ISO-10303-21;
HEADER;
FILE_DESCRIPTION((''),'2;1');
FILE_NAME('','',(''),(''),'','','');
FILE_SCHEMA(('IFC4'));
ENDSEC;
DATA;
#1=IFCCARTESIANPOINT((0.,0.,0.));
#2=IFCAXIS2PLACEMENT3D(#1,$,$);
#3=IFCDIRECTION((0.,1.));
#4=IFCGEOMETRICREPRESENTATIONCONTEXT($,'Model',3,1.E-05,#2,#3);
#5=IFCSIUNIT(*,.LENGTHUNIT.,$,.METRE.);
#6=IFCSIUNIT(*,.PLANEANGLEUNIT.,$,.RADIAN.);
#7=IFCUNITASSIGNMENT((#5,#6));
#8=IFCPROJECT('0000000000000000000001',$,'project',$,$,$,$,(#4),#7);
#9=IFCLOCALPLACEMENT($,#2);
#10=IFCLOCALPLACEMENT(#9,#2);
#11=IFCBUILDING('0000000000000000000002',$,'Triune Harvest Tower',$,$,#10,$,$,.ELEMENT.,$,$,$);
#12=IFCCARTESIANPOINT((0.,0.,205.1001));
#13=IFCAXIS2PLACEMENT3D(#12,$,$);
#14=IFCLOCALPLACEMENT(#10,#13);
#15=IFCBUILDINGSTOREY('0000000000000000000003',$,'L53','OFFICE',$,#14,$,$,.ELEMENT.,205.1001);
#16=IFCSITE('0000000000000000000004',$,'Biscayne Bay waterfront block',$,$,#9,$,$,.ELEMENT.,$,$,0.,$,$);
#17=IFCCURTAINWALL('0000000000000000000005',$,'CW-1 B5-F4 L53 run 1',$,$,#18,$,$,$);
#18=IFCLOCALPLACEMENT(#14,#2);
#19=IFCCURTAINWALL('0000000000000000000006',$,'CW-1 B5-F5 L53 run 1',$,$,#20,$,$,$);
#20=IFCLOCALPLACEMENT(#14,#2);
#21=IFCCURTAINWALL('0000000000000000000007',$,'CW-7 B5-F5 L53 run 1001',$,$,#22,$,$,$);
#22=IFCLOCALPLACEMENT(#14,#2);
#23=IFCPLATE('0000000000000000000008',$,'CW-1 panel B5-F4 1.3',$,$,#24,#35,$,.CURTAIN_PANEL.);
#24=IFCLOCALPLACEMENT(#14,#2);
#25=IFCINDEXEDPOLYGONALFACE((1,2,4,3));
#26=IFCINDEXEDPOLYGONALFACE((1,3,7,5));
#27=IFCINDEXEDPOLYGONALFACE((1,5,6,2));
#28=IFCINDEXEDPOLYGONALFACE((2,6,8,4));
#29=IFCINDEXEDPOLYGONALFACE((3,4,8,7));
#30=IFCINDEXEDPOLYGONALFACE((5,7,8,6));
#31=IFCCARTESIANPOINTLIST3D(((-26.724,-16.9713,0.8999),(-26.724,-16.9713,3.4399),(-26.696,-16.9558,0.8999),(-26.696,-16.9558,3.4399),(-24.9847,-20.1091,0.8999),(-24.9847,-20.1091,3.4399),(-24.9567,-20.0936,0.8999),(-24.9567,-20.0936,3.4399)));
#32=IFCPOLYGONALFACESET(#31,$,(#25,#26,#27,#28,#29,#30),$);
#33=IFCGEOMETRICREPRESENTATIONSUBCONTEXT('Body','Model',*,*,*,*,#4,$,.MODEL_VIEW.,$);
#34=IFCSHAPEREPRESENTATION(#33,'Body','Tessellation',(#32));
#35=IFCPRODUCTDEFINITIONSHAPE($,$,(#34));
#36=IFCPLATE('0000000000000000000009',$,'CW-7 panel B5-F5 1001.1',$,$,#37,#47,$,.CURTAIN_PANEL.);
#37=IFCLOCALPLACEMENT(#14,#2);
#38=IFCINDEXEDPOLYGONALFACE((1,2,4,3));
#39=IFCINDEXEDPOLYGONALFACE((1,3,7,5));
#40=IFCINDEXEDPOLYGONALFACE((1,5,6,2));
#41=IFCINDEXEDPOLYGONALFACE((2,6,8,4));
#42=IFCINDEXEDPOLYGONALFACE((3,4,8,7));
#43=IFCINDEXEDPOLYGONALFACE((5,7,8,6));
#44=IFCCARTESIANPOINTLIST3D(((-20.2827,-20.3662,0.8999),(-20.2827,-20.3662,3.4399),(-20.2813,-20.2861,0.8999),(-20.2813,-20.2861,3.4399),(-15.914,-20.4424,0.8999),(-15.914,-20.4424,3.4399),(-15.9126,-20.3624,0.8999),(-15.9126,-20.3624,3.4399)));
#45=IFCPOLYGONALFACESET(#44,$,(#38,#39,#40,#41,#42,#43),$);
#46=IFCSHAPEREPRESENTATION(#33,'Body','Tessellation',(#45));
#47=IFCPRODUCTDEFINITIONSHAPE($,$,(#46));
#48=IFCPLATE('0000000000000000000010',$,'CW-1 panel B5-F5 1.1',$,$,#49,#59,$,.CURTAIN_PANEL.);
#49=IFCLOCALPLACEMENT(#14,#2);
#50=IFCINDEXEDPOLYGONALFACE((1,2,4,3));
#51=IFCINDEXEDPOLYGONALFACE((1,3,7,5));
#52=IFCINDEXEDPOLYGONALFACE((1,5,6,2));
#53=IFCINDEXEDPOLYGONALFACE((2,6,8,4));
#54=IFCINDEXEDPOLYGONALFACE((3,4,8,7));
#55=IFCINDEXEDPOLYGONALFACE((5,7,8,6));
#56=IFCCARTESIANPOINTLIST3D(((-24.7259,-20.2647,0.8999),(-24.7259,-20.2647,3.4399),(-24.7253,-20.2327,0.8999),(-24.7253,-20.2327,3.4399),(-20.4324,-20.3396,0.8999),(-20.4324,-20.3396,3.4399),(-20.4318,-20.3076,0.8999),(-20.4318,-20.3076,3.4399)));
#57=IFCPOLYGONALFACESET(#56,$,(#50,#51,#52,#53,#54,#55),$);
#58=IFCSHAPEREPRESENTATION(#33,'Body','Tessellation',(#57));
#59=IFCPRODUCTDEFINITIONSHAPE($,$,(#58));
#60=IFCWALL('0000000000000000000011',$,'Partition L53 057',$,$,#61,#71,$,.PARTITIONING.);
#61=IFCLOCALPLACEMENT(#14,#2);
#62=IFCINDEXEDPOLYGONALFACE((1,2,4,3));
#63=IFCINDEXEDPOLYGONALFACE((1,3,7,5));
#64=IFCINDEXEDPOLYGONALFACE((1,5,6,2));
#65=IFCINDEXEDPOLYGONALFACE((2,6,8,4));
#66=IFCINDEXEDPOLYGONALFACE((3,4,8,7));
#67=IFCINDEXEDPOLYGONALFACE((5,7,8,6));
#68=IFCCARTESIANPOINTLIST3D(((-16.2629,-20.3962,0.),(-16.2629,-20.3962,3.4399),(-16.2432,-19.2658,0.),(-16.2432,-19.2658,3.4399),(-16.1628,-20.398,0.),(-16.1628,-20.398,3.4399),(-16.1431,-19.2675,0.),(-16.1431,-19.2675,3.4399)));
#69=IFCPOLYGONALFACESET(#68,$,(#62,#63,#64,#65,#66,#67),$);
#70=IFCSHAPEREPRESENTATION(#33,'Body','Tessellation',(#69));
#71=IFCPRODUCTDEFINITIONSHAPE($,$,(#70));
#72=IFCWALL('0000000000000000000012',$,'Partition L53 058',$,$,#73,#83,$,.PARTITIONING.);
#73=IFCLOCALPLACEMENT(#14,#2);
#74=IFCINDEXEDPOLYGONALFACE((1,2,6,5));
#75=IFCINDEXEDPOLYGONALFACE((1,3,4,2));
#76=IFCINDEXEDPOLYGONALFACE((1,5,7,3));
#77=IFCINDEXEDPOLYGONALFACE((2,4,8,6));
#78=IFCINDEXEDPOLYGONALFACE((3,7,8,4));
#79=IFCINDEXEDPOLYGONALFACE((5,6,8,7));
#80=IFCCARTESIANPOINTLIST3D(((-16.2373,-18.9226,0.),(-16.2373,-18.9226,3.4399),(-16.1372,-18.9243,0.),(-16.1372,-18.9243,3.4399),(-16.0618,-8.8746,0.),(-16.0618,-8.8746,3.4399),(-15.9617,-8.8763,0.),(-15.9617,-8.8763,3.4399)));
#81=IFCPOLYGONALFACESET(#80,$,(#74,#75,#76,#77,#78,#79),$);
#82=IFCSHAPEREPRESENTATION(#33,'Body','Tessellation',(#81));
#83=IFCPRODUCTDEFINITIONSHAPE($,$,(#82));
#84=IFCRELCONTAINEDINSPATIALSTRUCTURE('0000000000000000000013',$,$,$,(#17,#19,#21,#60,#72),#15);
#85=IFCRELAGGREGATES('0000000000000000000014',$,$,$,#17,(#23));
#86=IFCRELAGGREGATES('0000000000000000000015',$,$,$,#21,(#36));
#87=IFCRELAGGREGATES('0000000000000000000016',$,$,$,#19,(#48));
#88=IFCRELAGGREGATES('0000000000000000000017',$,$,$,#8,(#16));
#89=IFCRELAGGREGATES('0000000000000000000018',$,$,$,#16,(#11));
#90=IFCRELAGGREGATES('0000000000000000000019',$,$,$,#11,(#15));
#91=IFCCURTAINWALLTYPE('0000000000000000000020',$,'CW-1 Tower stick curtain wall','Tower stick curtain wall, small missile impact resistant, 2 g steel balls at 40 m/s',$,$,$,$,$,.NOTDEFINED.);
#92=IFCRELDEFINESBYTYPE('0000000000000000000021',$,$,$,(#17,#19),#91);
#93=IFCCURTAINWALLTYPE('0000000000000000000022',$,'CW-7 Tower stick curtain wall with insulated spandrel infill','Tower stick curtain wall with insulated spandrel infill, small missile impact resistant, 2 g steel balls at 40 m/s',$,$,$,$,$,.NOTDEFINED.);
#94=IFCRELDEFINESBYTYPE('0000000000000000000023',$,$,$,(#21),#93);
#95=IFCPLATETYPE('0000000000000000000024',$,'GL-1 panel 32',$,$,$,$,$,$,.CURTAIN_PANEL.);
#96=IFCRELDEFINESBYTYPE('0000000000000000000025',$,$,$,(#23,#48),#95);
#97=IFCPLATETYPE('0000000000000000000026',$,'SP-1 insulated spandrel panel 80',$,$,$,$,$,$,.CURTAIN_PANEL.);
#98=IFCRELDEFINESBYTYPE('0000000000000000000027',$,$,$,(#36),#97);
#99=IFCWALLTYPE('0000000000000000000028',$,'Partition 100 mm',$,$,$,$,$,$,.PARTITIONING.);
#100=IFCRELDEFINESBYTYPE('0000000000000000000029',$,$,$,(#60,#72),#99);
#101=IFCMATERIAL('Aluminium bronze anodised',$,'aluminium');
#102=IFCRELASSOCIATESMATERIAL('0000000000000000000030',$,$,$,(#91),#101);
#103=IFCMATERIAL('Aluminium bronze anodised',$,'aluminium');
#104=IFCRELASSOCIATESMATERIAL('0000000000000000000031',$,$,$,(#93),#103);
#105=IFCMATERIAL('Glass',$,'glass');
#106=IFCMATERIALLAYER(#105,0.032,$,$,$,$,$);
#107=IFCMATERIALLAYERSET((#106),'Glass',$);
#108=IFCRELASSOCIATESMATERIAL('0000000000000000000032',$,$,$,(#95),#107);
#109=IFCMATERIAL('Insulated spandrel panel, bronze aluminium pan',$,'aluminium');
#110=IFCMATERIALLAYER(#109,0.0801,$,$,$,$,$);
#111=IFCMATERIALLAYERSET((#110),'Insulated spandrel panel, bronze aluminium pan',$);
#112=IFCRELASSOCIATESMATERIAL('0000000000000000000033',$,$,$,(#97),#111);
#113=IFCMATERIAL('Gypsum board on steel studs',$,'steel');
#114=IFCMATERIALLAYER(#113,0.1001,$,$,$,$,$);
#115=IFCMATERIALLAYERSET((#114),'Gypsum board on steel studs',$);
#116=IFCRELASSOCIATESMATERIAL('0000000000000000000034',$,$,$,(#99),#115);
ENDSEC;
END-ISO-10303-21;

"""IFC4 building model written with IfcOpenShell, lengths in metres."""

from ifc_helpers import new_model, si_unit, direction, frame, frame_2d, origin, origin_2d, place, context, subcontext, project, spatial, rectangle, extrude, source, transform, mapped, material, layer, layer_set, type_object, element, aggregate, save


model = new_model("IFC4")

# Units and contexts
model_context = context("Model", 3, precision=1e-05, world=origin(), true_north=direction((0.0, 1.0)))
body_context = subcontext(model_context, "Body", "Model", "MODEL_VIEW")
ifc_project = project(units=[si_unit("LENGTHUNIT", "METRE"), si_unit("PLANEANGLEUNIT", "RADIAN")], contexts=[model_context])

# Site, building, storey
site_placement = place(None, origin())
site = spatial("IfcSite", under=ifc_project, at=site_placement, Name="Biscayne Bay waterfront block", CompositionType="ELEMENT", RefElevation=0.0)
building_placement = place(site_placement, origin())
building = spatial("IfcBuilding", under=site, at=building_placement, Name="Triune Harvest Tower", CompositionType="ELEMENT")
storey_placement = place(building_placement, frame((0.0, 0.0, 205.1001)))
storey = spatial("IfcBuildingStorey", under=building, at=storey_placement, Name="L53", Description="OFFICE", CompositionType="ELEMENT", Elevation=205.1001)

# Curtain walls
ifc_material_1 = material(Name="Aluminium bronze anodised", Category="aluminium")
curtain_wall_type_1 = type_object("IfcCurtainWallType", Name="CW-1 Tower stick curtain wall", Description="Tower stick curtain wall, small missile impact resistant, 2 g steel balls at 40 m/s", PredefinedType="NOTDEFINED", material=ifc_material_1)
curtain_wall_1_placement = place(storey_placement, origin())
curtain_wall_1 = element("IfcCurtainWall", 1, at=curtain_wall_1_placement, inside=storey, type_object=curtain_wall_type_1, Name="CW-1 B5-F4 L53 run 1")
curtain_wall_2_placement = place(storey_placement, origin())
curtain_wall_2 = element("IfcCurtainWall", 2, at=curtain_wall_2_placement, inside=storey, type_object=curtain_wall_type_1, Name="CW-1 B5-F5 L53 run 1")

# Curtain wall
ifc_material_2 = material(Name="Aluminium bronze anodised", Category="aluminium")
curtain_wall_type_2 = type_object("IfcCurtainWallType", Name="CW-7 Tower stick curtain wall with insulated spandrel infill", Description="Tower stick curtain wall with insulated spandrel infill, small missile impact resistant, 2 g steel balls at 40 m/s", PredefinedType="NOTDEFINED", material=ifc_material_2)
curtain_wall_3_placement = place(storey_placement, origin())
curtain_wall_3 = element("IfcCurtainWall", 3, at=curtain_wall_3_placement, inside=storey, type_object=curtain_wall_type_2, Name="CW-7 B5-F5 L53 run 1001")

# Plates
ifc_material_3 = material(Name="Glass", Category="glass")
ifc_layer_1 = layer(ifc_material_3, 0.032)
ifc_layer_set_1 = layer_set([ifc_layer_1], Name="Glass")
plate_type_1 = type_object("IfcPlateType", Name="GL-1 panel 32", PredefinedType="CURTAIN_PANEL", material=ifc_layer_set_1)
shared_shape_1 = source(origin(), body_context, "Body", "SweptSolid", [
    extrude(rectangle(XDim=3.5876, YDim=0.032, at=origin_2d()), origin(), (0.0, 0.0, 1.0), 2.54),
])
plate_1_placement = place(storey_placement, frame((-25.8403, -18.5325, 0.8999), z_axis=(0.0, 0.0, 1.0), x_axis=(0.484802, -0.874624, 0.0)))
plate_1 = element("IfcPlate", 4, at=plate_1_placement, type_object=plate_type_1, Name="CW-1 panel B5-F4 1.3", PredefinedType="CURTAIN_PANEL", context=body_context, shape_type="MappedRepresentation", body=[
    mapped(shared_shape_1, transform((0.0, 0.0, 0.0), scale=1.0)),
])
aggregate(curtain_wall_1, [plate_1])
ifc_material_4 = material(Name="Insulated spandrel panel, bronze aluminium pan", Category="aluminium")
ifc_layer_2 = layer(ifc_material_4, 0.0801)
ifc_layer_set_2 = layer_set([ifc_layer_2], Name="Insulated spandrel panel, bronze aluminium pan")
plate_type_2 = type_object("IfcPlateType", Name="SP-1 insulated spandrel panel 80", PredefinedType="CURTAIN_PANEL", material=ifc_layer_set_2)
shared_shape_2 = source(origin(), body_context, "Body", "SweptSolid", [
    extrude(rectangle(XDim=4.3694, YDim=0.0801, at=origin_2d()), origin(), (0.0, 0.0, 1.0), 2.54),
])
plate_2_placement = place(storey_placement, frame((-18.0977, -20.3643, 0.8999), z_axis=(0.0, 0.0, 1.0), x_axis=(0.999848, -0.017453, 0.0)))
plate_2 = element("IfcPlate", 5, at=plate_2_placement, type_object=plate_type_2, Name="CW-7 panel B5-F5 1001.1", PredefinedType="CURTAIN_PANEL", context=body_context, shape_type="MappedRepresentation", body=[
    mapped(shared_shape_2, transform((0.0, 0.0, 0.0), scale=1.0)),
])
aggregate(curtain_wall_3, [plate_2])
shared_shape_3 = source(origin(), body_context, "Body", "SweptSolid", [
    extrude(rectangle(XDim=4.2942, YDim=0.032, at=origin_2d()), origin(), (0.0, 0.0, 1.0), 2.54),
])
plate_3_placement = place(storey_placement, frame((-22.5789, -20.2861, 0.8999), z_axis=(0.0, 0.0, 1.0), x_axis=(0.999848, -0.017445, 0.0)))
plate_3 = element("IfcPlate", 6, at=plate_3_placement, type_object=plate_type_1, Name="CW-1 panel B5-F5 1.1", PredefinedType="CURTAIN_PANEL", context=body_context, shape_type="MappedRepresentation", body=[
    mapped(shared_shape_3, transform((0.0, 0.0, 0.0), scale=1.0)),
])
aggregate(curtain_wall_2, [plate_3])

# Walls
ifc_material_5 = material(Name="Gypsum board on steel studs", Category="steel")
ifc_layer_3 = layer(ifc_material_5, 0.1001)
ifc_layer_set_3 = layer_set([ifc_layer_3], Name="Gypsum board on steel studs")
wall_type = type_object("IfcWallType", Name="Partition 100 mm", PredefinedType="PARTITIONING", material=ifc_layer_set_3)
shared_shape_4 = source(origin(), body_context, "Body", "SweptSolid", [
    extrude(rectangle(XDim=1.1306, YDim=0.1001, at=frame_2d((0.5654, 0.0))), origin(), (0.0, 0.0, 1.0), 3.4399),
])
wall_1_placement = place(storey_placement, frame((-16.2129, -20.3972, 0.0), z_axis=(0.0, 0.0, 1.0), x_axis=(0.017492, 0.999847, 0.0)))
element("IfcWall", 7, at=wall_1_placement, inside=storey, type_object=wall_type, Name="Partition L53 057", PredefinedType="PARTITIONING", context=body_context, shape_type="MappedRepresentation", body=[
    mapped(shared_shape_4, transform((0.0, 0.0, 0.0), scale=1.0)),
])
shared_shape_5 = source(origin(), body_context, "Body", "SweptSolid", [
    extrude(rectangle(XDim=10.0496, YDim=0.1001, at=frame_2d((5.0249, 0.0))), origin(), (0.0, 0.0, 1.0), 3.4399),
])
wall_2_placement = place(storey_placement, frame((-16.1873, -18.9236, 0.0), z_axis=(0.0, 0.0, 1.0), x_axis=(0.017467, 0.999847, 0.0)))
element("IfcWall", 8, at=wall_2_placement, inside=storey, type_object=wall_type, Name="Partition L53 058", PredefinedType="PARTITIONING", context=body_context, shape_type="MappedRepresentation", body=[
    mapped(shared_shape_5, transform((0.0, 0.0, 0.0), scale=1.0)),
])

save(model, "model.ifc")
